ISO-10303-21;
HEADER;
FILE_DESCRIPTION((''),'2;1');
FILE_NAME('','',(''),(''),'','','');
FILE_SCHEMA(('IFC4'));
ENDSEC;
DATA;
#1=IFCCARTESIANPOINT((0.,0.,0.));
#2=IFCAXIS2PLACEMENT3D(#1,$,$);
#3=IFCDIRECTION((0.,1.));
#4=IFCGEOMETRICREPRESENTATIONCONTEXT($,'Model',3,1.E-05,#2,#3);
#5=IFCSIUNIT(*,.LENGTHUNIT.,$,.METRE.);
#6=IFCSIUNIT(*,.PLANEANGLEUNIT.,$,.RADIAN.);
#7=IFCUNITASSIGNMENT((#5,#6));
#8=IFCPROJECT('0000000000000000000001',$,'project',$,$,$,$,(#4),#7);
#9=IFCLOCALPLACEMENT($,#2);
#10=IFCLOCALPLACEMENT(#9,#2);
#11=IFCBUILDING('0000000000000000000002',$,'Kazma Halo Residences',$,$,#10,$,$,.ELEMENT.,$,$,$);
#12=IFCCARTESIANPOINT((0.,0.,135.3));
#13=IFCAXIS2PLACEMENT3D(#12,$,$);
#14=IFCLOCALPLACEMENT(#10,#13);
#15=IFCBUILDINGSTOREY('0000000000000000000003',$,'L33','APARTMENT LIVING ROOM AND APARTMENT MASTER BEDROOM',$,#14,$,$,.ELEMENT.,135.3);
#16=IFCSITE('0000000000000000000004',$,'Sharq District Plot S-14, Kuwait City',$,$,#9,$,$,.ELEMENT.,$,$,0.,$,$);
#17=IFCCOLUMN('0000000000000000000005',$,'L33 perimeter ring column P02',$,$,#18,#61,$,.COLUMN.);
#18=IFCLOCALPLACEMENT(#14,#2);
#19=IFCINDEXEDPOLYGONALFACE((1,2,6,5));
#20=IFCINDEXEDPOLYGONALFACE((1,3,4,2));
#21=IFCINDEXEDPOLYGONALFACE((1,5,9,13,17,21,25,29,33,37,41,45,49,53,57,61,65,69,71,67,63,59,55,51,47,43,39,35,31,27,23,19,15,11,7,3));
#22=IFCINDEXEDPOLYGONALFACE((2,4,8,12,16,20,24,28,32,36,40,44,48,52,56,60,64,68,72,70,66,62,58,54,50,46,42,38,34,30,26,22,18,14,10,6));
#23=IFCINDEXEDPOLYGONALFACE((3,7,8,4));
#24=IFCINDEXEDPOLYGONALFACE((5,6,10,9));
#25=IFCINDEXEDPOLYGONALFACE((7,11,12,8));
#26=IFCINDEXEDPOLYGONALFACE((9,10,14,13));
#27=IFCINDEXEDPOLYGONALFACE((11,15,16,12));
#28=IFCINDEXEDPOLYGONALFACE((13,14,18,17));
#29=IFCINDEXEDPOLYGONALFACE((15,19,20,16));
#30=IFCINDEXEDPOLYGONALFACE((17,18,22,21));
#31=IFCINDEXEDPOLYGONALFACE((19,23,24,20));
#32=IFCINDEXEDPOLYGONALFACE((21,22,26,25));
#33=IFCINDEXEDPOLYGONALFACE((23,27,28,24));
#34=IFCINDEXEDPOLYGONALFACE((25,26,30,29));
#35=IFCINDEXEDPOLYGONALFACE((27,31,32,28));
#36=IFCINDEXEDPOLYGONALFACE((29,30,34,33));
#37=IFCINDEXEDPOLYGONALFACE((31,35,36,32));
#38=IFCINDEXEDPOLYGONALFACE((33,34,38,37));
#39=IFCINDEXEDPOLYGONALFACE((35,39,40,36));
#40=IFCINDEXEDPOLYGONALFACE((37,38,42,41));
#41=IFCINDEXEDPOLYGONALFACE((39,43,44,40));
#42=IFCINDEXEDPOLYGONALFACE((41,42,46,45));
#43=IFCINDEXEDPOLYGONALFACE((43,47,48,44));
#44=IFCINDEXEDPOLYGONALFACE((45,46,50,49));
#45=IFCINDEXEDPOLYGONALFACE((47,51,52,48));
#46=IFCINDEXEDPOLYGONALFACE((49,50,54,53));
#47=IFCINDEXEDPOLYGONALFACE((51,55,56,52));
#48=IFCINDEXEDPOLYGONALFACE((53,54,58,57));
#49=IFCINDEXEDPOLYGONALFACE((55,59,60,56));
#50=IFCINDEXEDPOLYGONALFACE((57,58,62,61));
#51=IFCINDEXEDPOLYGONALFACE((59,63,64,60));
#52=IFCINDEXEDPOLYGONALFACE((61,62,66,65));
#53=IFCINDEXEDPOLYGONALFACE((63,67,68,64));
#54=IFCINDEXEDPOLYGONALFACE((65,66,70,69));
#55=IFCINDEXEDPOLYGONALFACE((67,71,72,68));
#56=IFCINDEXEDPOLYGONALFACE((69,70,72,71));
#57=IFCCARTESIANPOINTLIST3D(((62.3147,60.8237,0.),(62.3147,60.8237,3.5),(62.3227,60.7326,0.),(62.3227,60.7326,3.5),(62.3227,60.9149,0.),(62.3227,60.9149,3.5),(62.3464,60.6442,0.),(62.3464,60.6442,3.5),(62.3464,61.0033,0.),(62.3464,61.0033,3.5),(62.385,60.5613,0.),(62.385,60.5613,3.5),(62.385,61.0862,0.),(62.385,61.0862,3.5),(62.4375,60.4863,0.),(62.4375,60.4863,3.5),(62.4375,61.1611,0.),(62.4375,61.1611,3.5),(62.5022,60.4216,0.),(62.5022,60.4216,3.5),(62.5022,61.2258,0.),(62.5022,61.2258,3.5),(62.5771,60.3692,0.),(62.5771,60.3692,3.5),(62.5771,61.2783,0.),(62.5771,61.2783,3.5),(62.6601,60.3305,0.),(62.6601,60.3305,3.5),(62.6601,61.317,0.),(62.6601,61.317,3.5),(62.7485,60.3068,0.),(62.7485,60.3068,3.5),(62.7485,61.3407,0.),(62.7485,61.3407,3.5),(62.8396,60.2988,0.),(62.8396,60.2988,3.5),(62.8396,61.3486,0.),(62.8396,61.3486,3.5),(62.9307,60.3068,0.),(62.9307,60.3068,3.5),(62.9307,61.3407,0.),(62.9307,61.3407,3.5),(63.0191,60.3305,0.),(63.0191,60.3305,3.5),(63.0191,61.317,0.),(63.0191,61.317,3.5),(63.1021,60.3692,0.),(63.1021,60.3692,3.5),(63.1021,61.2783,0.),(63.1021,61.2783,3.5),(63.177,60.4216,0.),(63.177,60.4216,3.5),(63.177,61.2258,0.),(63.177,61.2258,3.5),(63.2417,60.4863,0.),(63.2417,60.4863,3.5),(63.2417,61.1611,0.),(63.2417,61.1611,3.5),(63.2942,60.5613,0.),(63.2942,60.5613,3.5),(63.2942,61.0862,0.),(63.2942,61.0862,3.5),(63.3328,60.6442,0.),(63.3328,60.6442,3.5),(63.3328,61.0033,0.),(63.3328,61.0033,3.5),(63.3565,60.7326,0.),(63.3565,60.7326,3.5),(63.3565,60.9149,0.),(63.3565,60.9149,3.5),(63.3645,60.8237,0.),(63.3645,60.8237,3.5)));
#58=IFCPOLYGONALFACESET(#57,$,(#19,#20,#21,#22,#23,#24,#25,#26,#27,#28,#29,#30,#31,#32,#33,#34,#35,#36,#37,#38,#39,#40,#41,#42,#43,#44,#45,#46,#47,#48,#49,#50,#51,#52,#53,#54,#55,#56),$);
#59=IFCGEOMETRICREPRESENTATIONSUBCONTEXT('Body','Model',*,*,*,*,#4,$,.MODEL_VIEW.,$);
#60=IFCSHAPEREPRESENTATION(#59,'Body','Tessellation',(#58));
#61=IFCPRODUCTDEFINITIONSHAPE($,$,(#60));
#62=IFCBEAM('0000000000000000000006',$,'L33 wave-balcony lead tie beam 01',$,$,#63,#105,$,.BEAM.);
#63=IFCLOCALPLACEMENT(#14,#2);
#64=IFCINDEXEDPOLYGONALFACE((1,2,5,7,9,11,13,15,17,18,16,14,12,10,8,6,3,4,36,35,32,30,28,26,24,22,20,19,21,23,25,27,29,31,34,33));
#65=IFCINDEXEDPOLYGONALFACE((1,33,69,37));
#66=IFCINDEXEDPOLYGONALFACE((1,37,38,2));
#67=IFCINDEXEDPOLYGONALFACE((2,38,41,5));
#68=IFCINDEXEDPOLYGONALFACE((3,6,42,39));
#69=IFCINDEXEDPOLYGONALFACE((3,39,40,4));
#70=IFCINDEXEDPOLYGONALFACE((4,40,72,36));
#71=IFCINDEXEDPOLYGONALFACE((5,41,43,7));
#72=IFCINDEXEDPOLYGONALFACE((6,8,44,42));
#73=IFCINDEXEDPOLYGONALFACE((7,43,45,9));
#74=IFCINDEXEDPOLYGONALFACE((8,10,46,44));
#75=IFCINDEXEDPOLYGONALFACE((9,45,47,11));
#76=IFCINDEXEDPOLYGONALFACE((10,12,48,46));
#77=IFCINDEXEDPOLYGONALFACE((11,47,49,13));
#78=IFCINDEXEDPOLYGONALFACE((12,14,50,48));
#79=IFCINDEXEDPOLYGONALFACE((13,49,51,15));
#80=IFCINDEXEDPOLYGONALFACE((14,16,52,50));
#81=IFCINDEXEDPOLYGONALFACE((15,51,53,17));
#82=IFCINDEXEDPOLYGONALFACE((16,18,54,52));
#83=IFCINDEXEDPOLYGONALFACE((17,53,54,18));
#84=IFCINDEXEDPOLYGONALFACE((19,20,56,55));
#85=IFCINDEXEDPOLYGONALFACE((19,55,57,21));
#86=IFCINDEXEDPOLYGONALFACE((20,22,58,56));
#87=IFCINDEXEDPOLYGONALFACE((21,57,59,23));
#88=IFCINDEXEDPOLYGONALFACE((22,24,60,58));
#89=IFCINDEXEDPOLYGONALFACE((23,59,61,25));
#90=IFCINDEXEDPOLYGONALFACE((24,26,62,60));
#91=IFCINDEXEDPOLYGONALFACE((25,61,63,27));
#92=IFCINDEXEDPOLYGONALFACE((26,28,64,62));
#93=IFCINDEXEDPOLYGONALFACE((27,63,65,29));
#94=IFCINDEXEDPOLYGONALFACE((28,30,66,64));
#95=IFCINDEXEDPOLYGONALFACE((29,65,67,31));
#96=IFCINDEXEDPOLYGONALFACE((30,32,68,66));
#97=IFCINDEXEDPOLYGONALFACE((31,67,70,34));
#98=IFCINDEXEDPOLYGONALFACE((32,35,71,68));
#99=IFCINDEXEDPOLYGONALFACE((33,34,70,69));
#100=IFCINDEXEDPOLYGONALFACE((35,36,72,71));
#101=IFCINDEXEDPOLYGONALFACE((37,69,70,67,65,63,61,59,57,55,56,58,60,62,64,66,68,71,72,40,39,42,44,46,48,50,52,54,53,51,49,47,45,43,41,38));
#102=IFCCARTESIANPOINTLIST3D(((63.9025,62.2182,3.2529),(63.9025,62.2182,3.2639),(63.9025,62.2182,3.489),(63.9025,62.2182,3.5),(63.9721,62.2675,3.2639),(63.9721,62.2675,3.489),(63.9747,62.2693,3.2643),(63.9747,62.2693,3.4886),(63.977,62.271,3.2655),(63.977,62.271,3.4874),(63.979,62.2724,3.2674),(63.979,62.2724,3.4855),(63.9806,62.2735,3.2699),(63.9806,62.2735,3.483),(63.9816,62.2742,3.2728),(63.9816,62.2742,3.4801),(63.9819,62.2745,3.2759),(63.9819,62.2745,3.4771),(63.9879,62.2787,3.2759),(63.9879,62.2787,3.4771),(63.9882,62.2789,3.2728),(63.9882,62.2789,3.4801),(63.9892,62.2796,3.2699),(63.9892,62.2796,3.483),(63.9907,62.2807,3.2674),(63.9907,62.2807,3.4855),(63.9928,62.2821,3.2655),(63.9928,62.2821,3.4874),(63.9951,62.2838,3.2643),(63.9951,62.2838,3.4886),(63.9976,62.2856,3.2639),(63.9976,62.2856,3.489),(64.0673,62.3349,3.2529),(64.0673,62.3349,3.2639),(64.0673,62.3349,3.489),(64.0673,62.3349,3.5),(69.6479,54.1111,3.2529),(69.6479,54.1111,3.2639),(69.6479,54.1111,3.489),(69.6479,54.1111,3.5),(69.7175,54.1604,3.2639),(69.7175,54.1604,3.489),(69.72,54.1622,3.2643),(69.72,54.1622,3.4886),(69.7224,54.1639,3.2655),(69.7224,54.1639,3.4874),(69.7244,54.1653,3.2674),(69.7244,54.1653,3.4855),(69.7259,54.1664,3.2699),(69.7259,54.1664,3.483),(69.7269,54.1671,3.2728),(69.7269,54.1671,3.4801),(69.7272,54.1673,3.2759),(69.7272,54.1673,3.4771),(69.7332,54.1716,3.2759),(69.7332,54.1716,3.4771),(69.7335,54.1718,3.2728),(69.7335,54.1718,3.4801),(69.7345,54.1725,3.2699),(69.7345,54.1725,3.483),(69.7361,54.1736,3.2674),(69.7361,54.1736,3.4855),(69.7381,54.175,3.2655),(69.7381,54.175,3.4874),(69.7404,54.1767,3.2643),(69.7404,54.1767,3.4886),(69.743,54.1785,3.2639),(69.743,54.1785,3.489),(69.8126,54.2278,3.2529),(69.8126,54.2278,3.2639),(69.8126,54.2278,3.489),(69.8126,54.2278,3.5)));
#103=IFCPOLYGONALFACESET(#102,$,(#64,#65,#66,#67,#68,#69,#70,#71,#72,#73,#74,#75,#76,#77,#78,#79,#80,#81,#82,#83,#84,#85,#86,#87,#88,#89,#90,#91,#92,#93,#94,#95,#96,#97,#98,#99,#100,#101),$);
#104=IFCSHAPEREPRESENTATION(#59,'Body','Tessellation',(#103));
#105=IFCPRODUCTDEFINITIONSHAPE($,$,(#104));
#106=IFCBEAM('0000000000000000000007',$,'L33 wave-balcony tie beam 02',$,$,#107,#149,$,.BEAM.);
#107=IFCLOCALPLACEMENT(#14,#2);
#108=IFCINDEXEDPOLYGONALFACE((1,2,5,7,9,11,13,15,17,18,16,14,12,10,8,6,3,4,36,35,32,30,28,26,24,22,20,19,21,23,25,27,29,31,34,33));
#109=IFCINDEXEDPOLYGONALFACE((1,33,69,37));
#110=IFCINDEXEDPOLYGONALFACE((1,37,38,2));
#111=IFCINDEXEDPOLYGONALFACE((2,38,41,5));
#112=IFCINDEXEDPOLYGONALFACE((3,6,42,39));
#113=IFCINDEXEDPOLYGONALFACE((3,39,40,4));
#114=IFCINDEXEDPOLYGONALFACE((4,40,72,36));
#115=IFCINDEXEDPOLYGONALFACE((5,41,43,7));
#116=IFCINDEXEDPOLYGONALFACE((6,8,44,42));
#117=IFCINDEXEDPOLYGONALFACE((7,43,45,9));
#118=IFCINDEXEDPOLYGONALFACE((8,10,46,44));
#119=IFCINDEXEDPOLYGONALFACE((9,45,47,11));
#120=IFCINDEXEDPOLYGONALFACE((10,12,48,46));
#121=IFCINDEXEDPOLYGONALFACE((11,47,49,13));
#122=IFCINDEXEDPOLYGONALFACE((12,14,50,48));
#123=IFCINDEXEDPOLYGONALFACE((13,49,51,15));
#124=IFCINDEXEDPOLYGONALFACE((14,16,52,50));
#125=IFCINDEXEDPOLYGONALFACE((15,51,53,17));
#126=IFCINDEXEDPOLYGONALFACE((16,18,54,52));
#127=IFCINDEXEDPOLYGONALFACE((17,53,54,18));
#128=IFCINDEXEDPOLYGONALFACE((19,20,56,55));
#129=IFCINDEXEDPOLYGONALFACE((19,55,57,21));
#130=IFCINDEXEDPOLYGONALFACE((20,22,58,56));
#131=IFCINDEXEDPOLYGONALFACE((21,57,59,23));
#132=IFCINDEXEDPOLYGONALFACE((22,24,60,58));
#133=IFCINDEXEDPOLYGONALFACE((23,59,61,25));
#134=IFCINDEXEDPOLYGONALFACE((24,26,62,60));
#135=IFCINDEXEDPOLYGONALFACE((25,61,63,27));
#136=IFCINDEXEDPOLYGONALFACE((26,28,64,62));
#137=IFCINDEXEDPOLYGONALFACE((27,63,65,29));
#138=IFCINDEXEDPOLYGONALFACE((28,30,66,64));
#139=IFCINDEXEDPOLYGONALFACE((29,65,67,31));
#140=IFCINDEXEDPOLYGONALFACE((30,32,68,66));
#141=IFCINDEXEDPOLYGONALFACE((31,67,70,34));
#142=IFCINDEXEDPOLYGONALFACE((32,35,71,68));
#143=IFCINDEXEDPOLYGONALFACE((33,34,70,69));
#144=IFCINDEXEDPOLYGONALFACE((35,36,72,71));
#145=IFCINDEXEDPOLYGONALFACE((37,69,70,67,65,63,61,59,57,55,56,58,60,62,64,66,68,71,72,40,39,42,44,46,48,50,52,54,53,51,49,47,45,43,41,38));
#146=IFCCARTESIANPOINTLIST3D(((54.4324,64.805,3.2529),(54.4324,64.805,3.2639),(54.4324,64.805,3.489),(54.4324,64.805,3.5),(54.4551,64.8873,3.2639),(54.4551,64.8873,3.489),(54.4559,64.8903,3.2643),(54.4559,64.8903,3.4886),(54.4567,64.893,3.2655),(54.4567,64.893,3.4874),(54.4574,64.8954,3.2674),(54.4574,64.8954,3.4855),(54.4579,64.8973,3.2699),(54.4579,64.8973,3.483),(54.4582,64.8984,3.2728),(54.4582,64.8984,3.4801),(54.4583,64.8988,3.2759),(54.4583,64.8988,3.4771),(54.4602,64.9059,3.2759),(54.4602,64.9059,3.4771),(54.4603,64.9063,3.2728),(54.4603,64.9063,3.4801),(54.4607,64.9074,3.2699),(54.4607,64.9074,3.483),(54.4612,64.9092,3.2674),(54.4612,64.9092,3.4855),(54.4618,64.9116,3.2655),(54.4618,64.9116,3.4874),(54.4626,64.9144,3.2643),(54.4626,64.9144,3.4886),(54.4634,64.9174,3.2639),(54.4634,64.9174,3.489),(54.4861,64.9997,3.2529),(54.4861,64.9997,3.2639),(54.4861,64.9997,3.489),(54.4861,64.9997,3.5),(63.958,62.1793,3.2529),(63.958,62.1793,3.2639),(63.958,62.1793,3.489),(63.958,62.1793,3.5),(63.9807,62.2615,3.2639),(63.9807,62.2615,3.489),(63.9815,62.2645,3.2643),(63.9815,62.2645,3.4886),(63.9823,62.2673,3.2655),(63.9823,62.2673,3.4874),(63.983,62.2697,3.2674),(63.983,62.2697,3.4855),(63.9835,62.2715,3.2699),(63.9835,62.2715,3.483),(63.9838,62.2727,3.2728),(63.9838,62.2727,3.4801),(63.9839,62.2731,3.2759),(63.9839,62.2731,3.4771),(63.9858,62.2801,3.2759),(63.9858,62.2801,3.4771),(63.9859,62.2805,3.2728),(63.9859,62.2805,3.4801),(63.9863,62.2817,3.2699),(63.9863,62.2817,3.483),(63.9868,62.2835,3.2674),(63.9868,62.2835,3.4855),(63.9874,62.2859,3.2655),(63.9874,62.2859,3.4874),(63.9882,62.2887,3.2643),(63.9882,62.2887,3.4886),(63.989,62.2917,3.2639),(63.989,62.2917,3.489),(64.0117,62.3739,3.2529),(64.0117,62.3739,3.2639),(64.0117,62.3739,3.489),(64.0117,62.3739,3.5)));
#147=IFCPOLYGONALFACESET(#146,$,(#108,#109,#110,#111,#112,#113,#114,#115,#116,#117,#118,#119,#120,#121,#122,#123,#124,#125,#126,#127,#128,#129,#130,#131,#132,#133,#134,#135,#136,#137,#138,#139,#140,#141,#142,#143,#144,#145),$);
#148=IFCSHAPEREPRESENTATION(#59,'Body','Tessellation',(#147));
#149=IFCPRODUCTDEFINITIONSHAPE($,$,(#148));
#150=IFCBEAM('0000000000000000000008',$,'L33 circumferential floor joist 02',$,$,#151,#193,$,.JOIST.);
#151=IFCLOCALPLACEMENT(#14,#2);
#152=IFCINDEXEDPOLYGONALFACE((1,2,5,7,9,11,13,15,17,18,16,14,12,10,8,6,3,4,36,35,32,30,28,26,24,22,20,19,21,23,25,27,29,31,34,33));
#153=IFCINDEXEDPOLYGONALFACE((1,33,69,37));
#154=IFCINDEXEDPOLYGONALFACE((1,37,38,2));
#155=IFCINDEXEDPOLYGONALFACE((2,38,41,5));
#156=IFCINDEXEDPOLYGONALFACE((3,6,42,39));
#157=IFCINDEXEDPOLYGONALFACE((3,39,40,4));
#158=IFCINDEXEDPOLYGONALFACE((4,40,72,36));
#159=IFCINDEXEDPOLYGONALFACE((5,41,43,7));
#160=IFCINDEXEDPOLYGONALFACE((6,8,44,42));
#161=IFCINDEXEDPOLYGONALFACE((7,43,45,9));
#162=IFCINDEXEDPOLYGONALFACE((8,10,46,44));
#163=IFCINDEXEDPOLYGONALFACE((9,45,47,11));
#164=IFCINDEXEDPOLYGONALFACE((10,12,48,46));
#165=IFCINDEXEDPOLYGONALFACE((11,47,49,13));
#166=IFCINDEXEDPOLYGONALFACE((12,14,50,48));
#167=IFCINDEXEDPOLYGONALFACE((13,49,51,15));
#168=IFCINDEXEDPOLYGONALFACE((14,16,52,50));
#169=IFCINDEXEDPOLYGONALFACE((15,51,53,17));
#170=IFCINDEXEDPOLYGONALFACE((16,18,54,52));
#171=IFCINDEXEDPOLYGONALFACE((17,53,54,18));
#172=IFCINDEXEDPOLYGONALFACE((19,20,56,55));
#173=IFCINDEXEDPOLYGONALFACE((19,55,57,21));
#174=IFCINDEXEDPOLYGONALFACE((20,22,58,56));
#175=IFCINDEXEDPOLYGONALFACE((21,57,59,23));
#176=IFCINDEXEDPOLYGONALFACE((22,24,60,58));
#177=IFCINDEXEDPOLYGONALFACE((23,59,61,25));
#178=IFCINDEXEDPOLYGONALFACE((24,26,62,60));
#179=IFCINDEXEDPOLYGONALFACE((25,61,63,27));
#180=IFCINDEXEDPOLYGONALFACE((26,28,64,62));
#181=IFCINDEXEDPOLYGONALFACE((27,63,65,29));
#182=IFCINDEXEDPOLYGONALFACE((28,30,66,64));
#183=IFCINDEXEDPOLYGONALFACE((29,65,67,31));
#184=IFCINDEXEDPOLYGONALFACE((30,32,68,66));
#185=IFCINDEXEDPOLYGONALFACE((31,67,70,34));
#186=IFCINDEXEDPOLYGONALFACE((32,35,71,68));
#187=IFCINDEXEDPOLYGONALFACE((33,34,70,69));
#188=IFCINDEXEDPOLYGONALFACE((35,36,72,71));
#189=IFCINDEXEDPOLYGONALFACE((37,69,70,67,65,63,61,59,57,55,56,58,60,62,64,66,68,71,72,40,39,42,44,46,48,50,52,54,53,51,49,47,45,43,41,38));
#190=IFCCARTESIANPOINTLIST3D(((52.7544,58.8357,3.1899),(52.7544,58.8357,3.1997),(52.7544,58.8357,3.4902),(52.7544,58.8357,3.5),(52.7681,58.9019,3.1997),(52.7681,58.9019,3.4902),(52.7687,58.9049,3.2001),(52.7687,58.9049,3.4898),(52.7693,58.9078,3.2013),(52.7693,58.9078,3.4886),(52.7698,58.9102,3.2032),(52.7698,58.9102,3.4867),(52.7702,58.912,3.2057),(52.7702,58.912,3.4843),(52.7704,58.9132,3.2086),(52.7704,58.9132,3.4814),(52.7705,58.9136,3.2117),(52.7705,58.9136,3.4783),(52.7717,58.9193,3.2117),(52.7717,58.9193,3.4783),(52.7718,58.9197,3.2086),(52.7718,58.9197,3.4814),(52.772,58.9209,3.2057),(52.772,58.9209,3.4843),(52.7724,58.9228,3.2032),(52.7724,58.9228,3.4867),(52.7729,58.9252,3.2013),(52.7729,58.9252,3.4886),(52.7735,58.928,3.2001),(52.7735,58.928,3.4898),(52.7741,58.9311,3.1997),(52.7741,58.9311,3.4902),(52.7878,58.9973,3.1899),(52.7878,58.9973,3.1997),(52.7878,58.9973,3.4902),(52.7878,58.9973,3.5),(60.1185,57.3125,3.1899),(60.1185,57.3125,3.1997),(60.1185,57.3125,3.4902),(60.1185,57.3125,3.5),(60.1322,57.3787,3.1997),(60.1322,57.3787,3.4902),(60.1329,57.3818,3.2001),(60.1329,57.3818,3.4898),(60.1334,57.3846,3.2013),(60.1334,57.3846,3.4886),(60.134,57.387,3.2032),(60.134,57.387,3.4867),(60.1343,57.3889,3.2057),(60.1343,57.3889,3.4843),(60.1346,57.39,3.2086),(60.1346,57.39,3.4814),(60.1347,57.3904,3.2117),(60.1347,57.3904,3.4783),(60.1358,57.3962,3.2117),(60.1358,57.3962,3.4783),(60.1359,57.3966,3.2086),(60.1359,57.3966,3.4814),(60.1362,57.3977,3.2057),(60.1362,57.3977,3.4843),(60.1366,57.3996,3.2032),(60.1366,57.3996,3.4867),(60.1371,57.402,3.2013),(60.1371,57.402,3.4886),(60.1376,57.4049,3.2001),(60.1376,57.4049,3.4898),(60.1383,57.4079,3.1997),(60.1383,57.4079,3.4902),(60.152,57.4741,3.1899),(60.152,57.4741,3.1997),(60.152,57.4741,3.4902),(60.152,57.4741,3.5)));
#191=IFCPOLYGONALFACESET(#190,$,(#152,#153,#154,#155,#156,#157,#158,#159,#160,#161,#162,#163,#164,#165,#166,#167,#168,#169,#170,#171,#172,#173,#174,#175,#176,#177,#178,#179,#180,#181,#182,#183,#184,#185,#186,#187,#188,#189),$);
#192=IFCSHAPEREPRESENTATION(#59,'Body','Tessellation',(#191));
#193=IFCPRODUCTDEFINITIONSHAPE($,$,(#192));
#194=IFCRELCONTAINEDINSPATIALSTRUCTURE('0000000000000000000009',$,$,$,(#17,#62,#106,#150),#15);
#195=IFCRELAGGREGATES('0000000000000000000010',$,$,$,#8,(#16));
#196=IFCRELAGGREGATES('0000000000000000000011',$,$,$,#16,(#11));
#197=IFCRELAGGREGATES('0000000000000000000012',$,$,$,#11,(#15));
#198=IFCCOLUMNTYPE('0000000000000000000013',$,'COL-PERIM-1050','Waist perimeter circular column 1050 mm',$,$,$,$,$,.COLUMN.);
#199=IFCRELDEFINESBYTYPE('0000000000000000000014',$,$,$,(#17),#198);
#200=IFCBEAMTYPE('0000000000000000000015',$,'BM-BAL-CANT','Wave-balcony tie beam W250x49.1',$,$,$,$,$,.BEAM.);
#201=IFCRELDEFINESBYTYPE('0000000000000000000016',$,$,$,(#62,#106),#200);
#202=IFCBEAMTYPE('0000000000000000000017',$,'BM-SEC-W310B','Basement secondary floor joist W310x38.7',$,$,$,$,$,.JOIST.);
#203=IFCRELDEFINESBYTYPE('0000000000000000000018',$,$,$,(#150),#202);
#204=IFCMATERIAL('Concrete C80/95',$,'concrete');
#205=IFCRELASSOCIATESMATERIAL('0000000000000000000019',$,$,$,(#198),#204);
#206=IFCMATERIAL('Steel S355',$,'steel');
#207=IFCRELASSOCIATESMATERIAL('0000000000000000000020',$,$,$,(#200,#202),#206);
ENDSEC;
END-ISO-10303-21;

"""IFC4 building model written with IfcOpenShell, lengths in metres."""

from ifc_helpers import new_model, si_unit, direction, frame, origin, origin_2d, place, context, subcontext, project, spatial, circle, i_section, extrude, material, material_profile, profile_set, type_object, element, save


model = new_model("IFC4")

# Units and contexts
model_context = context("Model", 3, precision=1e-05, world=origin(), true_north=direction((0.0, 1.0)))
body_context = subcontext(model_context, "Body", "Model", "MODEL_VIEW")
ifc_project = project(units=[si_unit("LENGTHUNIT", "METRE"), si_unit("PLANEANGLEUNIT", "RADIAN")], contexts=[model_context])

# Site, building, storey
site_placement = place(None, origin())
site = spatial("IfcSite", under=ifc_project, at=site_placement, Name="Sharq District Plot S-14, Kuwait City", CompositionType="ELEMENT", RefElevation=0.0)
building_placement = place(site_placement, origin())
building = spatial("IfcBuilding", under=site, at=building_placement, Name="Kazma Halo Residences", CompositionType="ELEMENT")
storey_placement = place(building_placement, frame((0.0, 0.0, 135.3)))
storey = spatial("IfcBuildingStorey", under=building, at=storey_placement, Name="L33", Description="APARTMENT LIVING ROOM AND APARTMENT MASTER BEDROOM", CompositionType="ELEMENT", Elevation=135.3)

# Column
ifc_material_1 = material(Name="Concrete C80/95", Category="concrete")
ifc_material_profile_1 = material_profile(ifc_material_1, circle(Radius=0.5249, at=origin_2d()), Name="CIRC1050")
ifc_profile_set_1 = profile_set([ifc_material_profile_1], Name="Concrete C80/95")
column_type = type_object("IfcColumnType", Name="COL-PERIM-1050", Description="Waist perimeter circular column 1050 mm", PredefinedType="COLUMN", material=ifc_profile_set_1)
column_placement = place(storey_placement, frame((62.8396, 60.8237, 0.0), z_axis=(0.0, 0.0, 1.0), x_axis=(1.0, 0.0, 0.0)))
element("IfcColumn", 1, at=column_placement, inside=storey, type_object=column_type, Name="L33 perimeter ring column P02", PredefinedType="COLUMN", context=body_context, shape_type="SweptSolid", body=[
    extrude(circle(Radius=0.5249, at=origin_2d()), origin(), (0.0, 0.0, 1.0), 3.5),
])

# Beams
ifc_material_2 = material(Name="Steel S355", Category="steel")
ifc_material_profile_2 = material_profile(ifc_material_2, i_section(OverallWidth=0.2019, OverallDepth=0.2471, WebThickness=0.0073, FlangeThickness=0.011, FilletRadius=0.012, at=origin_2d()), Name="W250x49.1")
ifc_profile_set_2 = profile_set([ifc_material_profile_2], Name="Steel S355")
beam_type_1 = type_object("IfcBeamType", Name="BM-BAL-CANT", Description="Wave-balcony tie beam W250x49.1", PredefinedType="BEAM", material=ifc_profile_set_2)
beam_1_placement = place(storey_placement, frame((69.7302, 54.1694, 3.3765), z_axis=(-0.578203, 0.815893, 0.0), x_axis=(-0.815893, -0.578203, 0.0)))
element("IfcBeam", 2, at=beam_1_placement, inside=storey, type_object=beam_type_1, Name="L33 wave-balcony lead tie beam 01", PredefinedType="BEAM", context=body_context, shape_type="SweptSolid", body=[
    extrude(i_section(OverallWidth=0.2019, OverallDepth=0.2471, WebThickness=0.0073, FlangeThickness=0.011, FilletRadius=0.012, at=origin_2d()), origin(), (0.0, 0.0, 1.0), 9.9365),
])
beam_2_placement = place(storey_placement, frame((63.9849, 62.2766, 3.3765), z_axis=(-0.964045, 0.265738, 0.0), x_axis=(-0.265738, -0.964045, 0.0)))
element("IfcBeam", 3, at=beam_2_placement, inside=storey, type_object=beam_type_1, Name="L33 wave-balcony tie beam 02", PredefinedType="BEAM", context=body_context, shape_type="SweptSolid", body=[
    extrude(i_section(OverallWidth=0.2019, OverallDepth=0.2471, WebThickness=0.0073, FlangeThickness=0.011, FilletRadius=0.012, at=origin_2d()), origin(), (0.0, 0.0, 1.0), 9.8809),
])
ifc_material_profile_3 = material_profile(ifc_material_2, i_section(OverallWidth=0.165, OverallDepth=0.3101, WebThickness=0.0059, FlangeThickness=0.0098, FilletRadius=0.012, at=origin_2d()), Name="W310x38.7")
ifc_profile_set_3 = profile_set([ifc_material_profile_3], Name="Steel S355")
beam_type_2 = type_object("IfcBeamType", Name="BM-SEC-W310B", Description="Basement secondary floor joist W310x38.7", PredefinedType="JOIST", material=ifc_profile_set_3)
beam_3_placement = place(storey_placement, frame((60.1353, 57.3933, 3.345), z_axis=(-0.979272, 0.202549, 0.0), x_axis=(-0.202549, -0.979272, 0.0)))
element("IfcBeam", 4, at=beam_3_placement, inside=storey, type_object=beam_type_2, Name="L33 circumferential floor joist 02", PredefinedType="JOIST", context=body_context, shape_type="SweptSolid", body=[
    extrude(i_section(OverallWidth=0.165, OverallDepth=0.3101, WebThickness=0.0059, FlangeThickness=0.0098, FilletRadius=0.012, at=origin_2d()), origin(), (0.0, 0.0, 1.0), 7.52),
])

save(model, "model.ifc")
